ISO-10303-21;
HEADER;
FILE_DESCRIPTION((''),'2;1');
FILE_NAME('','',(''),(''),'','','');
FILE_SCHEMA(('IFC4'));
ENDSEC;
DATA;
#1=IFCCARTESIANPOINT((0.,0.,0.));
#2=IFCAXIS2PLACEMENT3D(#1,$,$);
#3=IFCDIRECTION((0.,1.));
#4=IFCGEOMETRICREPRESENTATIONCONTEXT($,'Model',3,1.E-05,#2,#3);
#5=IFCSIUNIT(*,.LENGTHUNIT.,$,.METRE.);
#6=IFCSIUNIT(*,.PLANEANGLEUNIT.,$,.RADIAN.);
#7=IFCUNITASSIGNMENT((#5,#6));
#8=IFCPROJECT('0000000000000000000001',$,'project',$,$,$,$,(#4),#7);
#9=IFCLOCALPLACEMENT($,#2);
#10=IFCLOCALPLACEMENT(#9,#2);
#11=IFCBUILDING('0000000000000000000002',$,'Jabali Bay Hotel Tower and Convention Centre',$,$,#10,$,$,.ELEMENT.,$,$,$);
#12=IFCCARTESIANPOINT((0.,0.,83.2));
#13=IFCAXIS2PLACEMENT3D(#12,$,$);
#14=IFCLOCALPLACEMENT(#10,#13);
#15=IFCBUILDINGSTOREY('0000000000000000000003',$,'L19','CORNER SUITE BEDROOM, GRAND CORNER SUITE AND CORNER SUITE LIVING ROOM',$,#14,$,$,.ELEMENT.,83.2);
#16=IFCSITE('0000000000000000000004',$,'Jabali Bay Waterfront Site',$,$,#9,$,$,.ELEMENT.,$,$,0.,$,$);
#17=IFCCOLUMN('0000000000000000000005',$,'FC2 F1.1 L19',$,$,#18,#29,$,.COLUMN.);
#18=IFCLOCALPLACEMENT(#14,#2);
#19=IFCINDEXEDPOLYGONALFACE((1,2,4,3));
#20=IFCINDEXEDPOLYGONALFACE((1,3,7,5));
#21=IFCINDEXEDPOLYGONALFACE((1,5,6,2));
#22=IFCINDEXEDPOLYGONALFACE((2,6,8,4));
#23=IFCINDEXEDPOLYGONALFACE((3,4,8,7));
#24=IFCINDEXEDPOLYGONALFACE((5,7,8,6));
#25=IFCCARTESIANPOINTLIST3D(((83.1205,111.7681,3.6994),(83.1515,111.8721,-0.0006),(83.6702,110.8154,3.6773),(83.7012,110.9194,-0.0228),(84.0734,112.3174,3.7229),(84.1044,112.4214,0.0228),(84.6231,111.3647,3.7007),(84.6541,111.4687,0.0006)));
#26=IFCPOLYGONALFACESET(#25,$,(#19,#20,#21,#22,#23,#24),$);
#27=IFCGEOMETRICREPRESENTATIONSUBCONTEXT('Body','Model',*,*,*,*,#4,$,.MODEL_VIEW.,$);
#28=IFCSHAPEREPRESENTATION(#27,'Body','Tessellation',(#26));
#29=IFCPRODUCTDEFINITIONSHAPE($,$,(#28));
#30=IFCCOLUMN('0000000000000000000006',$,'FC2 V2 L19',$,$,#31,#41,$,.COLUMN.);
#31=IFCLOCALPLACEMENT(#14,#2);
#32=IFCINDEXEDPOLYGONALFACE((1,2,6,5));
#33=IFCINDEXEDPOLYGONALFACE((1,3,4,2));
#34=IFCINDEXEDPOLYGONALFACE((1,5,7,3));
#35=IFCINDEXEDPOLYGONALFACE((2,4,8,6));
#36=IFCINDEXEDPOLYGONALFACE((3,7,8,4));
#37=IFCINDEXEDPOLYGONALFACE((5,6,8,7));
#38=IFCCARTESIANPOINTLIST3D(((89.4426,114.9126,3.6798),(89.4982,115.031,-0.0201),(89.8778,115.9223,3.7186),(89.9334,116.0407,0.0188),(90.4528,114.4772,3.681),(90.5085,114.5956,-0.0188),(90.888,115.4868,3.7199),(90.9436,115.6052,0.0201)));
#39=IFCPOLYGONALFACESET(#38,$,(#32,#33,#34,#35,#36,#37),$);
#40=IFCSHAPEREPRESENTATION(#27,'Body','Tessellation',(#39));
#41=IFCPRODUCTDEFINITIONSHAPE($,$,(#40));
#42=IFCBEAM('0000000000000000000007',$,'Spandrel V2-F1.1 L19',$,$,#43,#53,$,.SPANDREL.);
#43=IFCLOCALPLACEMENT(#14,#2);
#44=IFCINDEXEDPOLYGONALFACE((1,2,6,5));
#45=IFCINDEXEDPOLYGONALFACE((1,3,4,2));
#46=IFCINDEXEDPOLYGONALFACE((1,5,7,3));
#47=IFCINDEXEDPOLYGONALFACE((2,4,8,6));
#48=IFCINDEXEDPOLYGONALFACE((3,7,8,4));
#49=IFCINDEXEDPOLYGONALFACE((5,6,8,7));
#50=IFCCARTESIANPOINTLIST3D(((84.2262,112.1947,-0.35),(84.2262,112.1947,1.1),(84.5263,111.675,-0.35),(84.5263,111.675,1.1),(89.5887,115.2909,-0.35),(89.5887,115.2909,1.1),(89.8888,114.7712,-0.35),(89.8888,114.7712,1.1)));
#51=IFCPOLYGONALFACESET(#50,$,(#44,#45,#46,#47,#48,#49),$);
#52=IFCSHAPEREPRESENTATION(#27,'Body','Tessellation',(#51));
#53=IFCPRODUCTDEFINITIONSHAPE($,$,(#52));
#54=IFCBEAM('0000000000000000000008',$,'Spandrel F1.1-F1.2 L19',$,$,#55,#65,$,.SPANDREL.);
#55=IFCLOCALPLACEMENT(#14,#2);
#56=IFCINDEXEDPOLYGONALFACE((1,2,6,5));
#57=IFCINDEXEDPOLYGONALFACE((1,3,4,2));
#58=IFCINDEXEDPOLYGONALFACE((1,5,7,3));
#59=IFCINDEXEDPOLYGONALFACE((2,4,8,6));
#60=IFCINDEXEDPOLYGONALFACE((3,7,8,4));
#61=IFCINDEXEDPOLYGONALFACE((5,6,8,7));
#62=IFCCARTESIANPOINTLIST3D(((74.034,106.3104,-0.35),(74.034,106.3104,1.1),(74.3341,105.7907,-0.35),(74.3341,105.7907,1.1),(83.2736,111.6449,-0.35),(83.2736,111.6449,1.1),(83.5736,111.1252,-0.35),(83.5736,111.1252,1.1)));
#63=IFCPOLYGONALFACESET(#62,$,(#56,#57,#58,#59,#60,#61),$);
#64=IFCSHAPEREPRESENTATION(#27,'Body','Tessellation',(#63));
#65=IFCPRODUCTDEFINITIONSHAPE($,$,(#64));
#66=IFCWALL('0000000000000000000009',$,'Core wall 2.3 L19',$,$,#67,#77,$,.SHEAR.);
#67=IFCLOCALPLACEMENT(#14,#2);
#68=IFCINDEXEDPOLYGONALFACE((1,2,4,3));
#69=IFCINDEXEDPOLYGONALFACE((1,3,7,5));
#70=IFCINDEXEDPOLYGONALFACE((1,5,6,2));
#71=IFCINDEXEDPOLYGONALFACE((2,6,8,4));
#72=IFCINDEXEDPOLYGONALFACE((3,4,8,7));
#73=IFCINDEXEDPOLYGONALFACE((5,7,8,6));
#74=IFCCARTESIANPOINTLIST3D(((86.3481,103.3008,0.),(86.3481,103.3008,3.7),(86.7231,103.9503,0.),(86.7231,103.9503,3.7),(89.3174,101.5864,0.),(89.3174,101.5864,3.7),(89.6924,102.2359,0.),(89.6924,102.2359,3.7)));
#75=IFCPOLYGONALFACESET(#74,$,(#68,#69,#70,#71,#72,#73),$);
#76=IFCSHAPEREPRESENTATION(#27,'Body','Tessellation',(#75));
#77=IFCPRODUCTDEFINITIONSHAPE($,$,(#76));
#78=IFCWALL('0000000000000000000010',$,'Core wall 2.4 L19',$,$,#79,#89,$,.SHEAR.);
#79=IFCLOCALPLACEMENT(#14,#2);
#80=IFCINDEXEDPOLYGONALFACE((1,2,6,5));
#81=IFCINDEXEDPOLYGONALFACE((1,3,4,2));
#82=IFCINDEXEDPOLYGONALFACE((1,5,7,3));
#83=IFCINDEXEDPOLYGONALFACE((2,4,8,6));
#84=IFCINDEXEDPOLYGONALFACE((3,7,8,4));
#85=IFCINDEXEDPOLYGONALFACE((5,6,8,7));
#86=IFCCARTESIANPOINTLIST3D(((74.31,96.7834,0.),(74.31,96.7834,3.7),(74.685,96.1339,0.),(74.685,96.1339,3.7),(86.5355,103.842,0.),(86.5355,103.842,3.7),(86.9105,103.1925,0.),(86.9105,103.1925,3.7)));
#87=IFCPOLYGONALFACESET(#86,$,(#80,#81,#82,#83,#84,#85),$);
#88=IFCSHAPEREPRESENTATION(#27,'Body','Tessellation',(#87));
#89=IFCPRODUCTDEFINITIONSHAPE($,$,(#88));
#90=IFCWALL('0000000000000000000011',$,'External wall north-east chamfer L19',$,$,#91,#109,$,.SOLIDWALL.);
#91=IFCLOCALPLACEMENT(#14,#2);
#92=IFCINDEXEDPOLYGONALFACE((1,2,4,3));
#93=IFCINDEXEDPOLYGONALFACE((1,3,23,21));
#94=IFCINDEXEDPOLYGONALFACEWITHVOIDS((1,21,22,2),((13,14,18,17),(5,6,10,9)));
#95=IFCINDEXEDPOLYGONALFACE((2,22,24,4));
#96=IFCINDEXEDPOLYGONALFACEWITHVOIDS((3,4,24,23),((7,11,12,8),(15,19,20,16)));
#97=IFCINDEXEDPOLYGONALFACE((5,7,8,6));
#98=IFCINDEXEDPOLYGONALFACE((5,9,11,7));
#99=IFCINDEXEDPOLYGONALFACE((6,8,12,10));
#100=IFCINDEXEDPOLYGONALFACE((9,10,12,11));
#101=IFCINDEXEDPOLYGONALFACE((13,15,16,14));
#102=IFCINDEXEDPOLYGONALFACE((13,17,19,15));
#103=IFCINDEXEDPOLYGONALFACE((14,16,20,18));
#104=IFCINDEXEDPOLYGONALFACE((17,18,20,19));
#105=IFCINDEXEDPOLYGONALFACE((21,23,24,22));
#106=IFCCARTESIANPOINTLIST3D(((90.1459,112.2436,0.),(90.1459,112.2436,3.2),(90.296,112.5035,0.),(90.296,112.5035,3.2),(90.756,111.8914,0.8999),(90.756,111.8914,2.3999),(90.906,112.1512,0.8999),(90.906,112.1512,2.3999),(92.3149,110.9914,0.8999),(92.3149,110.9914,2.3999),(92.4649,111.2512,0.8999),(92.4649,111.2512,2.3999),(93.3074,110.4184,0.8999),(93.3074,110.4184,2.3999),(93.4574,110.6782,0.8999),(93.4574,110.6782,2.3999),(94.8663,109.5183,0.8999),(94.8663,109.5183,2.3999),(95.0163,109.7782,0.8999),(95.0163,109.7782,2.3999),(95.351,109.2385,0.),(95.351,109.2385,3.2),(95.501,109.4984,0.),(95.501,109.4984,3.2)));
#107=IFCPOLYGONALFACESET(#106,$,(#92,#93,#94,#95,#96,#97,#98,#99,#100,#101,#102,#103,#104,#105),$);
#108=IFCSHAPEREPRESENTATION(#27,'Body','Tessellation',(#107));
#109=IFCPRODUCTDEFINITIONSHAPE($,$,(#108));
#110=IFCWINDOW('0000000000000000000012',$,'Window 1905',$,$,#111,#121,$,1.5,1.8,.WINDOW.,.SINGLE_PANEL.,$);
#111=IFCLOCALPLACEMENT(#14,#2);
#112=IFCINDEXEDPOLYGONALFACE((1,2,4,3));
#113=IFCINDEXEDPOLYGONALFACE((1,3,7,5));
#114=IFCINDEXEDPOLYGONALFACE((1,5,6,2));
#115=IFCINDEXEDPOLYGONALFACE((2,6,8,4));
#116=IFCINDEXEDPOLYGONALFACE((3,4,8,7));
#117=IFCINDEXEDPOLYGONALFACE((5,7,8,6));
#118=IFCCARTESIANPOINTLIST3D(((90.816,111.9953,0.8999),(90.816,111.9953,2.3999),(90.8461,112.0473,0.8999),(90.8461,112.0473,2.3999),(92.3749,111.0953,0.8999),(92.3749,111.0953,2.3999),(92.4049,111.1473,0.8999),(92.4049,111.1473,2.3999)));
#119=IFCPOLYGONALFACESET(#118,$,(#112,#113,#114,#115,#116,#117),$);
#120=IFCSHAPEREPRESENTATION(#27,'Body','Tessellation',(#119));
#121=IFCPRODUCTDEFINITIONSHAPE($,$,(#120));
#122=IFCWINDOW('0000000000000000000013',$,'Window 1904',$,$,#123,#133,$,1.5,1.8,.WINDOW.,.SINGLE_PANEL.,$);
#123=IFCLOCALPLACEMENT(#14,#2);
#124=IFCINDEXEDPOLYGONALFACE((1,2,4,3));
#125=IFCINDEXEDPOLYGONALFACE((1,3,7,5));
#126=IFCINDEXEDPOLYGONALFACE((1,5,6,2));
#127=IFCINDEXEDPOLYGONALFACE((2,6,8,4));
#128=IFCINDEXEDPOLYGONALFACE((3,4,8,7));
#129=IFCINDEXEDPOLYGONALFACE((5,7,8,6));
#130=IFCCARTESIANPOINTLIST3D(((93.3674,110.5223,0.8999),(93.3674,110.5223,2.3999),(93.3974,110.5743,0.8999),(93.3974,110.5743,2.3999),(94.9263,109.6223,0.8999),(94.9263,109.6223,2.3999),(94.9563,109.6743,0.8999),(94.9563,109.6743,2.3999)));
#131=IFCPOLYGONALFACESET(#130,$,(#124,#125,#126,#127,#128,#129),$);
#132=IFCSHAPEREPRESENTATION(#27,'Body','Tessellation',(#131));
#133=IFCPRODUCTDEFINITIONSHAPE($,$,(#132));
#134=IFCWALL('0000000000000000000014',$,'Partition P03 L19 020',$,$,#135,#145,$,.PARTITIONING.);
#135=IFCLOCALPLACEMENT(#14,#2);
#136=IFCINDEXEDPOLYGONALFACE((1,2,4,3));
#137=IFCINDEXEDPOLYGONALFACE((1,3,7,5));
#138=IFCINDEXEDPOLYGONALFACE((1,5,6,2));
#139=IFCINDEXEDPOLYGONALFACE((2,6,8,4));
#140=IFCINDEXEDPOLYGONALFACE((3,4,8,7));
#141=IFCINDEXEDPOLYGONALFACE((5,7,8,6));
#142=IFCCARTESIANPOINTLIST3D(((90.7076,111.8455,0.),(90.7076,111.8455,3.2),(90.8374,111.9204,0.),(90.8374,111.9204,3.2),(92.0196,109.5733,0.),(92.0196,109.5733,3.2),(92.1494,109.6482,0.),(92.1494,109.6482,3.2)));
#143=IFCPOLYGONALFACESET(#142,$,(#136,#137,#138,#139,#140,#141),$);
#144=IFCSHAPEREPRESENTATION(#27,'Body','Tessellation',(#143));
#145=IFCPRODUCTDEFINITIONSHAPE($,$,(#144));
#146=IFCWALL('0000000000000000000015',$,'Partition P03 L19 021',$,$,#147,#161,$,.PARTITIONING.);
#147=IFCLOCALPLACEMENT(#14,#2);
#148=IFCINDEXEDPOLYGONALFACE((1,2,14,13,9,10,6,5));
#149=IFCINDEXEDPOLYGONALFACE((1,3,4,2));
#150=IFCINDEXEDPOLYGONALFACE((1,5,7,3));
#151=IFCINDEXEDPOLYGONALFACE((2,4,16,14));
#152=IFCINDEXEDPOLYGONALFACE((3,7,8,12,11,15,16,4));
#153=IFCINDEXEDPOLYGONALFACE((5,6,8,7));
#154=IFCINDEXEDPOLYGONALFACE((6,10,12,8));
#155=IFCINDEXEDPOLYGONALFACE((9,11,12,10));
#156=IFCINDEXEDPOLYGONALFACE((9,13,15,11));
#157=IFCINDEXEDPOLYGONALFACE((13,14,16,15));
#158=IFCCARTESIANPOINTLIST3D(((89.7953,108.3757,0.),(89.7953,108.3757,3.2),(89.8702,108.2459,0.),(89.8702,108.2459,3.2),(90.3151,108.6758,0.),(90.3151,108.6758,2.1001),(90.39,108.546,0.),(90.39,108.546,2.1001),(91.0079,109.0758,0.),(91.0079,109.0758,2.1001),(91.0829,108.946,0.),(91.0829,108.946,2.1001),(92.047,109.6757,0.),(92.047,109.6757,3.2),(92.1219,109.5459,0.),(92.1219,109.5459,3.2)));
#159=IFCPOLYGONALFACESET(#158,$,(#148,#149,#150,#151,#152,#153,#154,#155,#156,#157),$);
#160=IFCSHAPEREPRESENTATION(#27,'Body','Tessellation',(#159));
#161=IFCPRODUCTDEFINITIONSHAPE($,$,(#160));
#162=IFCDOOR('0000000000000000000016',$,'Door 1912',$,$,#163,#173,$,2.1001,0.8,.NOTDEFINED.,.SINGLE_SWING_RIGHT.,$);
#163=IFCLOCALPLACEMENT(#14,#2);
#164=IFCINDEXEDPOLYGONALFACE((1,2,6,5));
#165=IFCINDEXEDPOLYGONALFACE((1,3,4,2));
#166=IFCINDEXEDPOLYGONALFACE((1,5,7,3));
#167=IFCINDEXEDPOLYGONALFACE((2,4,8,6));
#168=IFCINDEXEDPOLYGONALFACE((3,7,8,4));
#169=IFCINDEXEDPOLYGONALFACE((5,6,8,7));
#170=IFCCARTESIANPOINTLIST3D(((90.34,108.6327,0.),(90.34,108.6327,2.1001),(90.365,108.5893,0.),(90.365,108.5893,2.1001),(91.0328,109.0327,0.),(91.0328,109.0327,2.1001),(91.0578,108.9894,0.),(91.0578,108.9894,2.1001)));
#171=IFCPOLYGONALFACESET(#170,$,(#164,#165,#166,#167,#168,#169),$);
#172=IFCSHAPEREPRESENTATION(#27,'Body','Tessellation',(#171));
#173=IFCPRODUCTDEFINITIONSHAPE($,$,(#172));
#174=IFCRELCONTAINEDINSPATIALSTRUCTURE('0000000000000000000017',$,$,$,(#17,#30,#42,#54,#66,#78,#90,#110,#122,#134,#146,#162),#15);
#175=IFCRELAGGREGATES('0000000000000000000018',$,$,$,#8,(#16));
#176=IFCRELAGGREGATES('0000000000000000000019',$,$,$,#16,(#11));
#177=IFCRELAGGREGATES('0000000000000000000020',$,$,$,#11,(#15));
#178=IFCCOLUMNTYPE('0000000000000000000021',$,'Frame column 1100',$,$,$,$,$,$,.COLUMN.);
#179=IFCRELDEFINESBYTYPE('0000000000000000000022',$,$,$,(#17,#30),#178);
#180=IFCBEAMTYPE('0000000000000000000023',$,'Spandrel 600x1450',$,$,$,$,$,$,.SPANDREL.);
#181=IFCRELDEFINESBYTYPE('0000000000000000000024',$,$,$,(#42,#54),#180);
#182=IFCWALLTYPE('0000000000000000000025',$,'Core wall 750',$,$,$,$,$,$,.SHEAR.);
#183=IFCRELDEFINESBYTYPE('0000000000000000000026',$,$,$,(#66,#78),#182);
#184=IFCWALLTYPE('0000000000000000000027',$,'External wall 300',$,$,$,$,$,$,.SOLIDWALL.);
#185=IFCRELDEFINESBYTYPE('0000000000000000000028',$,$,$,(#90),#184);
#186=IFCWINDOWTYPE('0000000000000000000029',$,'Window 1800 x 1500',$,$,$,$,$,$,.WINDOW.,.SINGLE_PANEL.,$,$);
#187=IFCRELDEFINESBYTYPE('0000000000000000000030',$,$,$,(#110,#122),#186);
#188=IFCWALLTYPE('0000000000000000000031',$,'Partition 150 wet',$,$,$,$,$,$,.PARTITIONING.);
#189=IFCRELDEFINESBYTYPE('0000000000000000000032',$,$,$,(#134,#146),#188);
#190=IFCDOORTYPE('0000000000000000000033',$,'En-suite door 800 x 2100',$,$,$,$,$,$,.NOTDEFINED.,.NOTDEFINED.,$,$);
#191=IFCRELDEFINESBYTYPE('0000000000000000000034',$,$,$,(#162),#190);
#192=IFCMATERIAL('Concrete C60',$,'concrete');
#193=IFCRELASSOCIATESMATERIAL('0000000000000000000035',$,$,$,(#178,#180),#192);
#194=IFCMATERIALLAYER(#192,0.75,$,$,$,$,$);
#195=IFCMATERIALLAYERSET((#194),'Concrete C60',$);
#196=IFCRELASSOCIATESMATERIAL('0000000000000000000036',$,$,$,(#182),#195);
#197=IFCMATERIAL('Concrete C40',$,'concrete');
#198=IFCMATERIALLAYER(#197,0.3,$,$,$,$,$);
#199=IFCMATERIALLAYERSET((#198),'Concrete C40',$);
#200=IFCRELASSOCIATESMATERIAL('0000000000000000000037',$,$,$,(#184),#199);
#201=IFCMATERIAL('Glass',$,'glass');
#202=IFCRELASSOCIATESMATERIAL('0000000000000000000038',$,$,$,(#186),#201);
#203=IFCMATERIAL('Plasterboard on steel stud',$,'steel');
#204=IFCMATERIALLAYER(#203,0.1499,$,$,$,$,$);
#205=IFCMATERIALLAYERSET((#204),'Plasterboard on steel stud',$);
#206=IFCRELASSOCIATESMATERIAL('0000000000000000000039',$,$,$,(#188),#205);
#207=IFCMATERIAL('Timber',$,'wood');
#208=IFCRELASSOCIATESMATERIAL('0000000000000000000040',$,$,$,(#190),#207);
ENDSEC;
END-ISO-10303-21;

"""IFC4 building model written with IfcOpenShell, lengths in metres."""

from ifc_helpers import new_model, si_unit, direction, frame, frame_2d, origin, origin_2d, place, context, subcontext, project, spatial, rectangle, extrude, material, layer, layer_set, material_profile, profile_set, type_object, element, fill, save


model = new_model("IFC4")

# Units and contexts
model_context = context("Model", 3, precision=1e-05, world=origin(), true_north=direction((0.0, 1.0)))
body_context = subcontext(model_context, "Body", "Model", "MODEL_VIEW")
ifc_project = project(units=[si_unit("LENGTHUNIT", "METRE"), si_unit("PLANEANGLEUNIT", "RADIAN")], contexts=[model_context])

# Site, building, storey
site_placement = place(None, origin())
site = spatial("IfcSite", under=ifc_project, at=site_placement, Name="Jabali Bay Waterfront Site", CompositionType="ELEMENT", RefElevation=0.0)
building_placement = place(site_placement, origin())
building = spatial("IfcBuilding", under=site, at=building_placement, Name="Jabali Bay Hotel Tower and Convention Centre", CompositionType="ELEMENT")
storey_placement = place(building_placement, frame((0.0, 0.0, 83.2)))
storey = spatial("IfcBuildingStorey", under=building, at=storey_placement, Name="L19", Description="CORNER SUITE BEDROOM, GRAND CORNER SUITE AND CORNER SUITE LIVING ROOM", CompositionType="ELEMENT", Elevation=83.2)

# Columns
ifc_material_1 = material(Name="Concrete C60", Category="concrete")
ifc_material_profile_1 = material_profile(ifc_material_1, rectangle(XDim=1.1001, YDim=1.1001, at=origin_2d()), Name="Frame column 1100")
ifc_profile_set_1 = profile_set([ifc_material_profile_1], Name="Concrete C60")
column_type = type_object("IfcColumnType", Name="Frame column 1100", PredefinedType="COLUMN", material=ifc_profile_set_1)
column_1_placement = place(storey_placement, frame((83.9028, 111.6704, 0.0), z_axis=(-0.008376, -0.028097, 0.99957), x_axis=(0.866169, 0.499298, 0.021294)))
element("IfcColumn", 1, at=column_1_placement, inside=storey, type_object=column_type, Name="FC2 F1.1 L19", PredefinedType="COLUMN", context=body_context, shape_type="SweptSolid", body=[
    extrude(rectangle(XDim=1.1001, YDim=1.1001, at=origin_2d()), origin(), (0.0, 0.0, 1.0), 3.7017),
])
column_2_placement = place(storey_placement, frame((90.2209, 115.3181, 0.0), z_axis=(-0.015035, -0.031983, 0.999375), x_axis=(0.918311, -0.395859, 0.001147)))
element("IfcColumn", 2, at=column_2_placement, inside=storey, type_object=column_type, Name="FC2 V2 L19", PredefinedType="COLUMN", context=body_context, shape_type="SweptSolid", body=[
    extrude(rectangle(XDim=1.1001, YDim=1.1001, at=origin_2d()), origin(), (0.0, 0.0, 1.0), 3.7021),
])

# Beams
ifc_material_profile_2 = material_profile(ifc_material_1, rectangle(XDim=0.6001, YDim=1.45, at=origin_2d()), Name="Spandrel 600x1450")
ifc_profile_set_2 = profile_set([ifc_material_profile_2], Name="Concrete C60")
beam_type = type_object("IfcBeamType", Name="Spandrel 600x1450", PredefinedType="SPANDREL", material=ifc_profile_set_2)
beam_1_placement = place(storey_placement, frame((89.7388, 115.031, 0.375), z_axis=(-0.866017, -0.500015, 0.0), x_axis=(0.500015, -0.866017, 0.0)))
element("IfcBeam", 3, at=beam_1_placement, inside=storey, type_object=beam_type, Name="Spandrel V2-F1.1 L19", PredefinedType="SPANDREL", context=body_context, shape_type="SweptSolid", body=[
    extrude(rectangle(XDim=0.6001, YDim=1.45, at=origin_2d()), origin(), (0.0, 0.0, 1.0), 6.1921),
])
beam_2_placement = place(storey_placement, frame((83.4236, 111.385, 0.375), z_axis=(-0.866024, -0.500003, 0.0), x_axis=(0.500003, -0.866024, 0.0)))
element("IfcBeam", 4, at=beam_2_placement, inside=storey, type_object=beam_type, Name="Spandrel F1.1-F1.2 L19", PredefinedType="SPANDREL", context=body_context, shape_type="SweptSolid", body=[
    extrude(rectangle(XDim=0.6001, YDim=1.45, at=origin_2d()), origin(), (0.0, 0.0, 1.0), 10.6689),
])

# Walls
ifc_layer_1 = layer(ifc_material_1, 0.75)
ifc_layer_set_1 = layer_set([ifc_layer_1], Name="Concrete C60")
wall_type_1 = type_object("IfcWallType", Name="Core wall 750", PredefinedType="SHEAR", material=ifc_layer_set_1)
wall_1_placement = place(storey_placement, frame((89.5049, 101.9111, 0.0), z_axis=(0.0, 0.0, 1.0), x_axis=(-0.866017, 0.500014, 0.0)))
element("IfcWall", 5, at=wall_1_placement, inside=storey, type_object=wall_type_1, Name="Core wall 2.3 L19", PredefinedType="SHEAR", context=body_context, shape_type="SweptSolid", body=[
    extrude(rectangle(XDim=3.4287, YDim=0.75, at=frame_2d((1.7144, 0.0))), origin(), (0.0, 0.0, 1.0), 3.7),
])
wall_2_placement = place(storey_placement, frame((86.7231, 103.5173, 0.0), z_axis=(0.0, 0.0, 1.0), x_axis=(-0.866021, -0.500008, 0.0)))
element("IfcWall", 6, at=wall_2_placement, inside=storey, type_object=wall_type_1, Name="Core wall 2.4 L19", PredefinedType="SHEAR", context=body_context, shape_type="SweptSolid", body=[
    extrude(rectangle(XDim=14.1169, YDim=0.75, at=frame_2d((7.0586, 0.0))), origin(), (0.0, 0.0, 1.0), 3.7),
])

# Wall, openings, windows
ifc_material_2 = material(Name="Concrete C40", Category="concrete")
ifc_layer_2 = layer(ifc_material_2, 0.3)
ifc_layer_set_2 = layer_set([ifc_layer_2], Name="Concrete C40")
wall_type_2 = type_object("IfcWallType", Name="External wall 300", PredefinedType="SOLIDWALL", material=ifc_layer_set_2)
wall_3_placement = place(storey_placement, frame((90.2209, 112.3735, 0.0), z_axis=(0.0, 0.0, 1.0), x_axis=(0.866027, -0.499997, 0.0)))
wall_3 = element("IfcWall", 7, at=wall_3_placement, inside=storey, type_object=wall_type_2, Name="External wall north-east chamfer L19", PredefinedType="SOLIDWALL", context=body_context, shape_type="SweptSolid", body=[
    extrude(rectangle(XDim=6.0103, YDim=0.3, at=frame_2d((3.0051, 0.0))), origin(), (0.0, 0.0, 1.0), 3.2),
])
opening_1_placement = place(wall_3_placement, frame((0.7046, 0.0, 0.8999)))
opening_1 = element("IfcOpeningElement", 8, at=opening_1_placement, cuts=wall_3, PredefinedType="OPENING", context=body_context, shape_type="SweptSolid", body=[
    extrude(rectangle(XDim=1.8, YDim=1.5, at=frame_2d((0.8999, 0.75))), frame((0.0, 0.1606, 0.0), z_axis=(0.0, -1.0, 0.0), x_axis=(1.0, 0.0, 0.0)), (0.0, 0.0, 1.0), 0.321),
])
opening_2_placement = place(wall_3_placement, frame((3.6506, 0.0, 0.8999)))
opening_2 = element("IfcOpeningElement", 9, at=opening_2_placement, cuts=wall_3, PredefinedType="OPENING", context=body_context, shape_type="SweptSolid", body=[
    extrude(rectangle(XDim=1.8, YDim=1.5, at=frame_2d((0.8999, 0.75))), frame((0.0, 0.1606, 0.0), z_axis=(0.0, -1.0, 0.0), x_axis=(1.0, 0.0, 0.0)), (0.0, 0.0, 1.0), 0.321),
])
ifc_material_3 = material(Name="Glass", Category="glass")
window_type = type_object("IfcWindowType", Name="Window 1800 x 1500", PartitioningType="SINGLE_PANEL", PredefinedType="WINDOW", material=ifc_material_3)
window_1_placement = place(opening_1_placement, origin())
window_1 = element("IfcWindow", 10, at=window_1_placement, inside=storey, type_object=window_type, Name="Window 1905", OverallHeight=1.5, OverallWidth=1.8, PartitioningType="SINGLE_PANEL", PredefinedType="WINDOW", context=body_context, shape_type="SweptSolid", body=[
    extrude(rectangle(XDim=1.8, YDim=1.5, at=frame_2d((0.8999, 0.75))), frame((0.0, 0.03, 0.0), z_axis=(0.0, -1.0, 0.0), x_axis=(1.0, 0.0, 0.0)), (0.0, 0.0, 1.0), 0.0601),
])
fill(opening_1, window_1)
window_2_placement = place(opening_2_placement, origin())
window_2 = element("IfcWindow", 11, at=window_2_placement, inside=storey, type_object=window_type, Name="Window 1904", OverallHeight=1.5, OverallWidth=1.8, PartitioningType="SINGLE_PANEL", PredefinedType="WINDOW", context=body_context, shape_type="SweptSolid", body=[
    extrude(rectangle(XDim=1.8, YDim=1.5, at=frame_2d((0.8999, 0.75))), frame((0.0, 0.03, 0.0), z_axis=(0.0, -1.0, 0.0), x_axis=(1.0, 0.0, 0.0)), (0.0, 0.0, 1.0), 0.0601),
])
fill(opening_2, window_2)

# Wall
ifc_material_4 = material(Name="Plasterboard on steel stud", Category="steel")
ifc_layer_3 = layer(ifc_material_4, 0.1499)
ifc_layer_set_3 = layer_set([ifc_layer_3], Name="Plasterboard on steel stud")
wall_type_3 = type_object("IfcWallType", Name="Partition 150 wet", PredefinedType="PARTITIONING", material=ifc_layer_set_3)
wall_4_placement = place(storey_placement, frame((90.7725, 111.8831, 0.0), z_axis=(0.0, 0.0, 1.0), x_axis=(0.500042, -0.866001, 0.0)))
element("IfcWall", 12, at=wall_4_placement, inside=storey, type_object=wall_type_3, Name="Partition P03 L19 020", PredefinedType="PARTITIONING", context=body_context, shape_type="SweptSolid", body=[
    extrude(rectangle(XDim=2.6238, YDim=0.1499, at=frame_2d((1.312, 0.0))), origin(), (0.0, 0.0, 1.0), 3.2),
])

# Wall, opening, door
wall_5_placement = place(storey_placement, frame((92.0845, 109.6108, 0.0), z_axis=(0.0, 0.0, 1.0), x_axis=(-0.866021, -0.500007, 0.0)))
wall_5 = element("IfcWall", 13, at=wall_5_placement, inside=storey, type_object=wall_type_3, Name="Partition P03 L19 021", PredefinedType="PARTITIONING", context=body_context, shape_type="SweptSolid", body=[
    extrude(rectangle(XDim=2.6001, YDim=0.1499, at=frame_2d((1.3, 0.0))), origin(), (0.0, 0.0, 1.0), 3.2),
])
opening_3_placement = place(wall_5_placement, frame((1.2, 0.0, 0.0)))
opening_3 = element("IfcOpeningElement", 14, at=opening_3_placement, cuts=wall_5, PredefinedType="OPENING", context=body_context, shape_type="SweptSolid", body=[
    extrude(rectangle(XDim=0.8, YDim=2.1001, at=frame_2d((0.3999, 1.05))), frame((0.0, 0.0854, 0.0), z_axis=(0.0, -1.0, 0.0), x_axis=(1.0, 0.0, 0.0)), (0.0, 0.0, 1.0), 0.1709),
])
ifc_material_5 = material(Name="Timber", Category="wood")
door_type = type_object("IfcDoorType", Name="En-suite door 800 x 2100", OperationType="NOTDEFINED", PredefinedType="NOTDEFINED", material=ifc_material_5)
door_placement = place(opening_3_placement, origin())
door = element("IfcDoor", 15, at=door_placement, inside=storey, type_object=door_type, Name="Door 1912", OperationType="SINGLE_SWING_RIGHT", OverallHeight=2.1001, OverallWidth=0.8, PredefinedType="NOTDEFINED", context=body_context, shape_type="SweptSolid", body=[
    extrude(rectangle(XDim=0.8, YDim=2.1001, at=frame_2d((0.3999, 1.05))), frame((0.0, 0.0249, 0.0), z_axis=(0.0, -1.0, 0.0), x_axis=(1.0, 0.0, 0.0)), (0.0, 0.0, 1.0), 0.05),
])
fill(opening_3, door)

save(model, "model.ifc")
